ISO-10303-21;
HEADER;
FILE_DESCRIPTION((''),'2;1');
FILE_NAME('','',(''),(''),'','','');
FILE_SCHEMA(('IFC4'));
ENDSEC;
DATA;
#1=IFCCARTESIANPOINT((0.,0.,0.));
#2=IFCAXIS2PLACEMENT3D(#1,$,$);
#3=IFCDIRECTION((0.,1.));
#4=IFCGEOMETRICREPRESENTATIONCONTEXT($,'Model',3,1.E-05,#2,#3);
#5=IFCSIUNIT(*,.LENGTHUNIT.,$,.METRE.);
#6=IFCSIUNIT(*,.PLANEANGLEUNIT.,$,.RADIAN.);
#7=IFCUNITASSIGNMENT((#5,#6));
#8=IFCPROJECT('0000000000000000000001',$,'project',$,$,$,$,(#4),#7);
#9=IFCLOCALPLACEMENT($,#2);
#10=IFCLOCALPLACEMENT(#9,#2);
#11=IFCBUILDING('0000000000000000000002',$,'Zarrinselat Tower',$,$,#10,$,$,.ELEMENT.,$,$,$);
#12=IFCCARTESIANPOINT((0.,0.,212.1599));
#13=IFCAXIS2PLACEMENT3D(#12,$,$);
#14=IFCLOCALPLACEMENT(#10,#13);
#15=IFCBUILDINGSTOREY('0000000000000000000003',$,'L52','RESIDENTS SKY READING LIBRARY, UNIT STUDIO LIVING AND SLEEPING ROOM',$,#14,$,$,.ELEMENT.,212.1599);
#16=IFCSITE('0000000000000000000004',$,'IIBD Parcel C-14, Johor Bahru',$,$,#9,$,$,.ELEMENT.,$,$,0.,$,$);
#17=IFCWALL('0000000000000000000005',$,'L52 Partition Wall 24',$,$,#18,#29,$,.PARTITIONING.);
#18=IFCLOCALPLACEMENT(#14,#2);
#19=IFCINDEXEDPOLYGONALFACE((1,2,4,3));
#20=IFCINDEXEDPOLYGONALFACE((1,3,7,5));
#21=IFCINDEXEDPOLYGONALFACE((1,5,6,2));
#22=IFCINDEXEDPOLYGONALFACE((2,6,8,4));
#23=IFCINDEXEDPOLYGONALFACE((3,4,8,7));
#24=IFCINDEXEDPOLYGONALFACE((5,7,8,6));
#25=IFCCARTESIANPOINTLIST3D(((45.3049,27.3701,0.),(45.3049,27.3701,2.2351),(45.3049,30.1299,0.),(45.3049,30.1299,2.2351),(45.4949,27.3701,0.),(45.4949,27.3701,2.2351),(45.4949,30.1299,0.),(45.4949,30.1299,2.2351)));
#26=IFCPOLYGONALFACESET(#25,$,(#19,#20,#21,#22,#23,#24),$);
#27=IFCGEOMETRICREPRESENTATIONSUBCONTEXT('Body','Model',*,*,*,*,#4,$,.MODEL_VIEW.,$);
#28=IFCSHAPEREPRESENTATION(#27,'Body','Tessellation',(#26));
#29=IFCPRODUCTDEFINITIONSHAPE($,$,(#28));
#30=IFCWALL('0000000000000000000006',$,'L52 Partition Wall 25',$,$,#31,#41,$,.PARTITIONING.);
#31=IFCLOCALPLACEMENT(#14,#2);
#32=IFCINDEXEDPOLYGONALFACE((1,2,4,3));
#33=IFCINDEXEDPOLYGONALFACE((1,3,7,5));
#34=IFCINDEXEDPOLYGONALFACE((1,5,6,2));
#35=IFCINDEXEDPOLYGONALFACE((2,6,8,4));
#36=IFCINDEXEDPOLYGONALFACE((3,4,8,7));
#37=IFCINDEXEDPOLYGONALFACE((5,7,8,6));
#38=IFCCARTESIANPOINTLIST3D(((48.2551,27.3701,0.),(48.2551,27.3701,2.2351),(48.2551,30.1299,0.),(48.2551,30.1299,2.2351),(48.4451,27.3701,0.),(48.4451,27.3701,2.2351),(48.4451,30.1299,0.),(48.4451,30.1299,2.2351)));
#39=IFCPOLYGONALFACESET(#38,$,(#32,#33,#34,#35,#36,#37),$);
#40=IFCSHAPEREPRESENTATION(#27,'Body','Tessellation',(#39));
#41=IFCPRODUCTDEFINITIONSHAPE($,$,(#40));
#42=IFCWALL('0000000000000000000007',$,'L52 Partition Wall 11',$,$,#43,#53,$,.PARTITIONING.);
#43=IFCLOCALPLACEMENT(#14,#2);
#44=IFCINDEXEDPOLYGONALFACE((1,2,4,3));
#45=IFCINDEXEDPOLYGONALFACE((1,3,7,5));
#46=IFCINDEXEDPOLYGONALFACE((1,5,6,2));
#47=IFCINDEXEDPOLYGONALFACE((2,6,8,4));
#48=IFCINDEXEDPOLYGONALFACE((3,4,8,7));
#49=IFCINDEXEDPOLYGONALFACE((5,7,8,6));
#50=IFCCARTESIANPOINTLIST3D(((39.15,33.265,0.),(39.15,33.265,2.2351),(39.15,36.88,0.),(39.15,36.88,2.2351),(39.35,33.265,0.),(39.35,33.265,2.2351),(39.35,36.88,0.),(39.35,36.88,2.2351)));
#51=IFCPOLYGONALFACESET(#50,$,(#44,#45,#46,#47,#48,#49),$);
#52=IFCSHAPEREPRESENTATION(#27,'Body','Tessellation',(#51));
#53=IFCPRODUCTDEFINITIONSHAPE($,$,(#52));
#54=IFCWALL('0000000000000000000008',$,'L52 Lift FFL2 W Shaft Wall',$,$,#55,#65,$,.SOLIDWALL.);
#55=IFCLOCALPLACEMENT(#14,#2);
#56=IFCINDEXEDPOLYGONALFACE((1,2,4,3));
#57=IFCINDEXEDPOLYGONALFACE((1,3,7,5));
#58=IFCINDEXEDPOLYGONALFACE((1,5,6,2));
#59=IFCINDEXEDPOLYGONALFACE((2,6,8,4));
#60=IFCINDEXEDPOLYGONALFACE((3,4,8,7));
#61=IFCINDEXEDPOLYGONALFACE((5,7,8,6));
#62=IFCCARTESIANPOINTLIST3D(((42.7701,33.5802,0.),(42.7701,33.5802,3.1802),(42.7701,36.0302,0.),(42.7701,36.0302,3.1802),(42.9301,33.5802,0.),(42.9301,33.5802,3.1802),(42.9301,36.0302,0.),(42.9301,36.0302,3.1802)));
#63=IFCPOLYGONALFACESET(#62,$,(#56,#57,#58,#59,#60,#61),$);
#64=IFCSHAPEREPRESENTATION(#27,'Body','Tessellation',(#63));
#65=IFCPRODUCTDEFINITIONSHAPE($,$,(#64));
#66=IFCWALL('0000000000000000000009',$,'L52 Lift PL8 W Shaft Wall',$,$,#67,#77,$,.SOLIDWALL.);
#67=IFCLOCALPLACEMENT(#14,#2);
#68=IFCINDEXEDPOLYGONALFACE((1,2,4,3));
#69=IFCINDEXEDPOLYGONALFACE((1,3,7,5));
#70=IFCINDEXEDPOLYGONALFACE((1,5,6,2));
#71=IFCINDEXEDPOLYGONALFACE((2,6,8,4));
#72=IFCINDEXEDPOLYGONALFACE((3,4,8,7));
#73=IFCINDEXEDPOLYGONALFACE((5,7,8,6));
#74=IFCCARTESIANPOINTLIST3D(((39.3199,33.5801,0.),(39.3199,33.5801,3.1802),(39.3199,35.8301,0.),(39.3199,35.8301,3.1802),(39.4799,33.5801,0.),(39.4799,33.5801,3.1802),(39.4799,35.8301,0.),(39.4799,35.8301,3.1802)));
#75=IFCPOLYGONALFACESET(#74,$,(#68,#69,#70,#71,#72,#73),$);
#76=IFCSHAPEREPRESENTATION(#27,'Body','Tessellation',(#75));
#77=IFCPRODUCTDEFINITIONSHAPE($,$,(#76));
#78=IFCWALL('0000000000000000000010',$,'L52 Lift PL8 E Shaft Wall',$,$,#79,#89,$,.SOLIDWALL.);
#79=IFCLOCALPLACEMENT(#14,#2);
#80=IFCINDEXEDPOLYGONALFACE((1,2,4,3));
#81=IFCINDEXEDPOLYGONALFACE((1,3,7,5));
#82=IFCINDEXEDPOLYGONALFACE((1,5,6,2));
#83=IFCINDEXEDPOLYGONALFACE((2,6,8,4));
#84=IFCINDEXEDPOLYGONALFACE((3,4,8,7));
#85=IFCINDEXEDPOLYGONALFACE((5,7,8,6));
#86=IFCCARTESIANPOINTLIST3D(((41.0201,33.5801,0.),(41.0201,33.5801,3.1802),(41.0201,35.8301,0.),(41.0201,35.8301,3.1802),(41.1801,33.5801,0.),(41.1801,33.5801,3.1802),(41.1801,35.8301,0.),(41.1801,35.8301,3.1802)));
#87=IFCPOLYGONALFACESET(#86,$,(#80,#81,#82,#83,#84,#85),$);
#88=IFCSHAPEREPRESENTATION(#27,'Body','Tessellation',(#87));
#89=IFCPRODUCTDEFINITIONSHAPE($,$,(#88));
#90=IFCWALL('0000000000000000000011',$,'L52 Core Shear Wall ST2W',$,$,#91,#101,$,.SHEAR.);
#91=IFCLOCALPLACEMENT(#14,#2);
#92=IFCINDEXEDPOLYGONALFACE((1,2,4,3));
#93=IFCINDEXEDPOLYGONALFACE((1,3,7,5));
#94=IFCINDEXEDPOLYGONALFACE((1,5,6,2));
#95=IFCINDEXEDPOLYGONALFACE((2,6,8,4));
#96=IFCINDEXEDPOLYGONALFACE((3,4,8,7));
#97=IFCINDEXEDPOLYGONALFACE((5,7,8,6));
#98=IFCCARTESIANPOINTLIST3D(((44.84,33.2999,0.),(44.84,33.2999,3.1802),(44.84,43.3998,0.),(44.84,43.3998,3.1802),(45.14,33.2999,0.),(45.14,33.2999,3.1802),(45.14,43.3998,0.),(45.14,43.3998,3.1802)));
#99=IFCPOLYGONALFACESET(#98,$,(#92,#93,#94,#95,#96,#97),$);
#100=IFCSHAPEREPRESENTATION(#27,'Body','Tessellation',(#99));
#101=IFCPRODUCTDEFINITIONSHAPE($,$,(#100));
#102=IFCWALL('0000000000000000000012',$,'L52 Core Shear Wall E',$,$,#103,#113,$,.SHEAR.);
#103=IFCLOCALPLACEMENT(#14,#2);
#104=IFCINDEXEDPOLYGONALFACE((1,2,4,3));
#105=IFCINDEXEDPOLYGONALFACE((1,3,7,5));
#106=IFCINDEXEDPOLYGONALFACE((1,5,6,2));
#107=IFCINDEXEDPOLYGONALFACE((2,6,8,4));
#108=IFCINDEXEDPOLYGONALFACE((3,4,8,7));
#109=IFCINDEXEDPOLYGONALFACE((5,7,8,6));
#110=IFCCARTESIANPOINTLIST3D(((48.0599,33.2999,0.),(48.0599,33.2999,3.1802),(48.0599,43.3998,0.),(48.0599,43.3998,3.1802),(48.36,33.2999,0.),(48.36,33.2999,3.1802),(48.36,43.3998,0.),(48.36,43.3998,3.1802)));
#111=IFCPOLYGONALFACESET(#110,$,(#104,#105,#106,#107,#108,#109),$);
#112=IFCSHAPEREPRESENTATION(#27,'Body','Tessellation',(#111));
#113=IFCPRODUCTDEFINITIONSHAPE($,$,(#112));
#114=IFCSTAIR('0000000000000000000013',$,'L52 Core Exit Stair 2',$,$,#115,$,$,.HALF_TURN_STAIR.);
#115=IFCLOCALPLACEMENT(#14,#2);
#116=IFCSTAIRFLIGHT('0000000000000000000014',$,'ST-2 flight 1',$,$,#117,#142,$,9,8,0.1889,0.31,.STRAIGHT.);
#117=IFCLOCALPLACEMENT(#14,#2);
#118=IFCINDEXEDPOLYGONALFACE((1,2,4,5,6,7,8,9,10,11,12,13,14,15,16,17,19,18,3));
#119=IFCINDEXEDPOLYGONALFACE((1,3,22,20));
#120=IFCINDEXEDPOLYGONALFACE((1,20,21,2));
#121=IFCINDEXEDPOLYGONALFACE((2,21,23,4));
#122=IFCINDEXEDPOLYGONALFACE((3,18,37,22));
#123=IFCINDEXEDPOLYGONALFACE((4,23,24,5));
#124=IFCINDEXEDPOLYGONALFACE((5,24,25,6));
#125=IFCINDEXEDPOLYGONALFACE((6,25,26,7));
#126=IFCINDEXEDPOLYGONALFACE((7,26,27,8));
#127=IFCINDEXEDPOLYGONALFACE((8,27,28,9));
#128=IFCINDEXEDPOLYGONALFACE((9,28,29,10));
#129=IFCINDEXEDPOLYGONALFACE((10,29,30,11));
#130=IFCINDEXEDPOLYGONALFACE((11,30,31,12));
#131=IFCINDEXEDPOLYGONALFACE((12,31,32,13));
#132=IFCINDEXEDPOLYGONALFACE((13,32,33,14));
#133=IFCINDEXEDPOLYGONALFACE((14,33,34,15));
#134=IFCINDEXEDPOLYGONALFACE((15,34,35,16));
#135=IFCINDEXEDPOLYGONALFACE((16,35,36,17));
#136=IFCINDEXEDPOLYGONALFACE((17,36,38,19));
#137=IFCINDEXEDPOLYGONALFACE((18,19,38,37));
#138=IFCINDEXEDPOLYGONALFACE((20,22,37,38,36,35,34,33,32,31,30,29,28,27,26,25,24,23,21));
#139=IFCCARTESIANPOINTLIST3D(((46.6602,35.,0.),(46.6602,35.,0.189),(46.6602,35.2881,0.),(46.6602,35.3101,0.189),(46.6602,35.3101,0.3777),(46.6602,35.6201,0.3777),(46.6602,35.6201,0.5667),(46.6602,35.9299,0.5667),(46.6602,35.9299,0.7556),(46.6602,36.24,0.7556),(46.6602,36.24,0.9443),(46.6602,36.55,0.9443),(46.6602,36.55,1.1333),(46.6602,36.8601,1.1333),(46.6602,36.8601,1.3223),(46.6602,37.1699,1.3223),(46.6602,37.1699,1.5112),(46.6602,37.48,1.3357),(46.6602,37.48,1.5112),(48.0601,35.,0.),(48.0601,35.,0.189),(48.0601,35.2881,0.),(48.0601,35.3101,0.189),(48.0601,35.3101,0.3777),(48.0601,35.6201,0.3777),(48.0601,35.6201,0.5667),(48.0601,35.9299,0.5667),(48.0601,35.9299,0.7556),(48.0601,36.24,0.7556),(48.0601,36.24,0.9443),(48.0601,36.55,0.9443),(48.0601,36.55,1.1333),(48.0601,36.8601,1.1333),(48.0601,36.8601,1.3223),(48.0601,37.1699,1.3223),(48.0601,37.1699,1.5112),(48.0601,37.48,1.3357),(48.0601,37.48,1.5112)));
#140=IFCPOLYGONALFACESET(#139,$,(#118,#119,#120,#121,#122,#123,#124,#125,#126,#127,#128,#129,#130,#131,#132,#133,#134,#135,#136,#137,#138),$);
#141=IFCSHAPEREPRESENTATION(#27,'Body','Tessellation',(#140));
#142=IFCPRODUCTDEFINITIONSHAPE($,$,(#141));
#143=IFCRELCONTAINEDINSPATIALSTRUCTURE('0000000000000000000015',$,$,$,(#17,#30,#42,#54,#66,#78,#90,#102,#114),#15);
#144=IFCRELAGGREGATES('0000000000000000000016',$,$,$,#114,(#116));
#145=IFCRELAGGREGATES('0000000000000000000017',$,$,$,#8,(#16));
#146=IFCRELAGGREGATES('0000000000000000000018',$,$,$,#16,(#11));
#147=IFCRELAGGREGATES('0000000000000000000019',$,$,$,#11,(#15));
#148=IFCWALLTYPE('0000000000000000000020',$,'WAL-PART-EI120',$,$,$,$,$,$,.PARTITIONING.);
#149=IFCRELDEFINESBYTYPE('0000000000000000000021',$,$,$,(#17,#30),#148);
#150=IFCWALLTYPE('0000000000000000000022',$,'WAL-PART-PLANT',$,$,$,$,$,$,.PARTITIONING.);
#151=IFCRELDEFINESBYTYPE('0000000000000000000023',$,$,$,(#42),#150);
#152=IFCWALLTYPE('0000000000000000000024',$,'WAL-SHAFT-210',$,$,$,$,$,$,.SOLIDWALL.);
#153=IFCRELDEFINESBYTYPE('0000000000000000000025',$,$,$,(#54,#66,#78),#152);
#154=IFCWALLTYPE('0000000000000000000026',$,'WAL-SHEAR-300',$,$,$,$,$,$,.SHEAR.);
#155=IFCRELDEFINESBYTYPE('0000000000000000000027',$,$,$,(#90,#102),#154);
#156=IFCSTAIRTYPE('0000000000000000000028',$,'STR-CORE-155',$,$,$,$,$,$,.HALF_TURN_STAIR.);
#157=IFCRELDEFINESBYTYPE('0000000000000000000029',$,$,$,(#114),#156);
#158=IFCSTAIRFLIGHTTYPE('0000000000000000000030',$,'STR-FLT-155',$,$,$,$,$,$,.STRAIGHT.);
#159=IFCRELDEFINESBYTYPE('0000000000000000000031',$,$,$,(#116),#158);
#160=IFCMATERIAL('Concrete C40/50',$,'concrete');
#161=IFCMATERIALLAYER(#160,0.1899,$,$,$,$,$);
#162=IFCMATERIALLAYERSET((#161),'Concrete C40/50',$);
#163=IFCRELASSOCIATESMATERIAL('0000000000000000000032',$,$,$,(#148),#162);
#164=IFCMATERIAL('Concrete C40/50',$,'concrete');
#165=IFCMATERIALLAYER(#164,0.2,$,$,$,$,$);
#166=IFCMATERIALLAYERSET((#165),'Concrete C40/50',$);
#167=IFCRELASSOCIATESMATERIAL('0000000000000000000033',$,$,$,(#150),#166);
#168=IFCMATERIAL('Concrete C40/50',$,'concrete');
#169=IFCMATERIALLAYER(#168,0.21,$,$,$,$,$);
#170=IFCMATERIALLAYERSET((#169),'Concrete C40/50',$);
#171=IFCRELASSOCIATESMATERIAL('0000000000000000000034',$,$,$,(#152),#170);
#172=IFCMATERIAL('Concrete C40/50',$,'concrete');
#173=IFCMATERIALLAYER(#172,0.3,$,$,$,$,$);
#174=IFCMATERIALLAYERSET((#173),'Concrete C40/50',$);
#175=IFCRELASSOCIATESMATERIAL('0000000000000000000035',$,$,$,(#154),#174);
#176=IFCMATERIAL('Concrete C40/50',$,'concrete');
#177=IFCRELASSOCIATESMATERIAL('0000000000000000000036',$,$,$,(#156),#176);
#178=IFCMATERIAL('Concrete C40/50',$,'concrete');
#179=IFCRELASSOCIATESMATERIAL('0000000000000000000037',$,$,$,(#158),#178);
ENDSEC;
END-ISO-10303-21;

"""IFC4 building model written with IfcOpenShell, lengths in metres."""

from ifc_helpers import new_model, si_unit, direction, frame, frame_2d, origin, place, context, subcontext, project, spatial, polyline, rectangle, outline, extrude, material, layer, layer_set, type_object, element, aggregate, save


model = new_model("IFC4")

# Units and contexts
model_context = context("Model", 3, precision=1e-05, world=origin(), true_north=direction((0.0, 1.0)))
body_context = subcontext(model_context, "Body", "Model", "MODEL_VIEW")
ifc_project = project(units=[si_unit("LENGTHUNIT", "METRE"), si_unit("PLANEANGLEUNIT", "RADIAN")], contexts=[model_context])

# Site, building, storey
site_placement = place(None, origin())
site = spatial("IfcSite", under=ifc_project, at=site_placement, Name="IIBD Parcel C-14, Johor Bahru", CompositionType="ELEMENT", RefElevation=0.0)
building_placement = place(site_placement, origin())
building = spatial("IfcBuilding", under=site, at=building_placement, Name="Zarrinselat Tower", CompositionType="ELEMENT")
storey_placement = place(building_placement, frame((0.0, 0.0, 212.1599)))
storey = spatial("IfcBuildingStorey", under=building, at=storey_placement, Name="L52", Description="RESIDENTS SKY READING LIBRARY, UNIT STUDIO LIVING AND SLEEPING ROOM", CompositionType="ELEMENT", Elevation=212.1599)

# Shared definitions
ifc_material_1 = material(Name="Concrete C40/50", Category="concrete")
ifc_layer_1 = layer(ifc_material_1, 0.1899)
ifc_layer_set_1 = layer_set([ifc_layer_1], Name="Concrete C40/50")
wall_type_1 = type_object("IfcWallType", Name="WAL-PART-EI120", PredefinedType="PARTITIONING", material=ifc_layer_set_1)

# Walls
for number, where, z_axis, x_axis, name in (
    (1, (45.3999, 27.3701, 0.0), (0.0, 0.0, 1.0), (0.0, 1.0, 0.0), "L52 Partition Wall 24"),
    (2, (48.3501, 27.3701, 0.0), (0.0, 0.0, 1.0), (0.0, 1.0, 0.0), "L52 Partition Wall 25"),
):
    element("IfcWall", number, at=place(storey_placement, frame(where, z_axis=z_axis, x_axis=x_axis)), inside=storey, type_object=wall_type_1, Name=name, PredefinedType="PARTITIONING", context=body_context, shape_type="SweptSolid", body=[
        extrude(rectangle(XDim=2.7598, YDim=0.1899, at=frame_2d((1.3799, 0.0))), origin(), (0.0, 0.0, 1.0), 2.2351),
    ])
ifc_material_2 = material(Name="Concrete C40/50", Category="concrete")
ifc_layer_2 = layer(ifc_material_2, 0.2)
ifc_layer_set_2 = layer_set([ifc_layer_2], Name="Concrete C40/50")
wall_type_2 = type_object("IfcWallType", Name="WAL-PART-PLANT", PredefinedType="PARTITIONING", material=ifc_layer_set_2)
wall_1_placement = place(storey_placement, frame((39.25, 33.2649, 0.0), z_axis=(0.0, 0.0, 1.0), x_axis=(0.0, 1.0, 0.0)))
element("IfcWall", 3, at=wall_1_placement, inside=storey, type_object=wall_type_2, Name="L52 Partition Wall 11", PredefinedType="PARTITIONING", context=body_context, shape_type="SweptSolid", body=[
    extrude(rectangle(XDim=3.615, YDim=0.2, at=frame_2d((1.8076, 0.0))), origin(), (0.0, 0.0, 1.0), 2.2351),
])
ifc_material_3 = material(Name="Concrete C40/50", Category="concrete")
ifc_layer_3 = layer(ifc_material_3, 0.21)
ifc_layer_set_3 = layer_set([ifc_layer_3], Name="Concrete C40/50")
wall_type_3 = type_object("IfcWallType", Name="WAL-SHAFT-210", PredefinedType="SOLIDWALL", material=ifc_layer_set_3)
wall_2_placement = place(storey_placement, frame((42.8501, 33.5801, 0.0), z_axis=(0.0, 0.0, 1.0), x_axis=(0.0, 1.0, 0.0)))
element("IfcWall", 4, at=wall_2_placement, inside=storey, type_object=wall_type_3, Name="L52 Lift FFL2 W Shaft Wall", PredefinedType="SOLIDWALL", context=body_context, shape_type="SweptSolid", body=[
    extrude(rectangle(XDim=2.45, YDim=0.1599, at=frame_2d((1.2251, 0.0))), origin(), (0.0, 0.0, 1.0), 3.1802),
])
for number, where, z_axis, x_axis, name in (
    (5, (39.3999, 33.5801, 0.0), (0.0, 0.0, 1.0), (0.0, 1.0, 0.0), "L52 Lift PL8 W Shaft Wall"),
    (6, (41.1001, 33.5801, 0.0), (0.0, 0.0, 1.0), (0.0, 1.0, 0.0), "L52 Lift PL8 E Shaft Wall"),
):
    element("IfcWall", number, at=place(storey_placement, frame(where, z_axis=z_axis, x_axis=x_axis)), inside=storey, type_object=wall_type_3, Name=name, PredefinedType="SOLIDWALL", context=body_context, shape_type="SweptSolid", body=[
        extrude(rectangle(XDim=2.25, YDim=0.1599, at=frame_2d((1.125, 0.0))), origin(), (0.0, 0.0, 1.0), 3.1802),
    ])
ifc_material_4 = material(Name="Concrete C40/50", Category="concrete")
ifc_layer_4 = layer(ifc_material_4, 0.3)
ifc_layer_set_4 = layer_set([ifc_layer_4], Name="Concrete C40/50")
wall_type_4 = type_object("IfcWallType", Name="WAL-SHEAR-300", PredefinedType="SHEAR", material=ifc_layer_set_4)
for number, where, z_axis, x_axis, name in (
    (7, (44.99, 33.3, 0.0), (0.0, 0.0, 1.0), (0.0, 1.0, 0.0), "L52 Core Shear Wall ST2W"),
    (8, (48.21, 33.3, 0.0), (0.0, 0.0, 1.0), (0.0, 1.0, 0.0), "L52 Core Shear Wall E"),
):
    element("IfcWall", number, at=place(storey_placement, frame(where, z_axis=z_axis, x_axis=x_axis)), inside=storey, type_object=wall_type_4, Name=name, PredefinedType="SHEAR", context=body_context, shape_type="SweptSolid", body=[
        extrude(rectangle(XDim=10.0999, YDim=0.3, at=frame_2d((5.0498, 0.0))), origin(), (0.0, 0.0, 1.0), 3.1802),
    ])

# Stair, stair flight
ifc_material_5 = material(Name="Concrete C40/50", Category="concrete")
stair_type = type_object("IfcStairType", Name="STR-CORE-155", PredefinedType="HALF_TURN_STAIR", material=ifc_material_5)
stair_placement = place(storey_placement, origin())
stair = element("IfcStair", 9, at=stair_placement, inside=storey, type_object=stair_type, Name="L52 Core Exit Stair 2", PredefinedType="HALF_TURN_STAIR")
ifc_material_6 = material(Name="Concrete C40/50", Category="concrete")
stair_flight_type = type_object("IfcStairFlightType", Name="STR-FLT-155", PredefinedType="STRAIGHT", material=ifc_material_6)
stair_flight_placement = place(storey_placement, frame((47.3601, 35.0, 0.0), z_axis=(0.0, 0.0, 1.0), x_axis=(0.0, 1.0, 0.0)))
stair_flight = element("IfcStairFlight", 10, at=stair_flight_placement, type_object=stair_flight_type, Name="ST-2 flight 1", NumberOfRisers=9, NumberOfTreads=8, PredefinedType="STRAIGHT", RiserHeight=0.1889, TreadLength=0.31, context=body_context, shape_type="SweptSolid", body=[
    extrude(outline(polyline([(0.0, 0.0), (0.0, 0.189), (0.3101, 0.189), (0.3101, 0.3777), (0.6201, 0.3777), (0.6201, 0.5667), (0.9299, 0.5667), (0.9299, 0.7556), (1.24, 0.7556), (1.24, 0.9443), (1.55, 0.9443), (1.55, 1.1333), (1.8601, 1.1333), (1.8601, 1.3223), (2.1699, 1.3223), (2.1699, 1.5112), (2.48, 1.5112), (2.48, 1.7), (2.48, 1.3357), (0.2881, 0.0), (0.0, 0.0)])), frame((0.0, 0.7, 0.0), z_axis=(0.0, -1.0, 0.0), x_axis=(1.0, 0.0, 0.0)), (0.0, 0.0, 1.0), 1.3999),
])
aggregate(stair, [stair_flight])

save(model, "model.ifc")
